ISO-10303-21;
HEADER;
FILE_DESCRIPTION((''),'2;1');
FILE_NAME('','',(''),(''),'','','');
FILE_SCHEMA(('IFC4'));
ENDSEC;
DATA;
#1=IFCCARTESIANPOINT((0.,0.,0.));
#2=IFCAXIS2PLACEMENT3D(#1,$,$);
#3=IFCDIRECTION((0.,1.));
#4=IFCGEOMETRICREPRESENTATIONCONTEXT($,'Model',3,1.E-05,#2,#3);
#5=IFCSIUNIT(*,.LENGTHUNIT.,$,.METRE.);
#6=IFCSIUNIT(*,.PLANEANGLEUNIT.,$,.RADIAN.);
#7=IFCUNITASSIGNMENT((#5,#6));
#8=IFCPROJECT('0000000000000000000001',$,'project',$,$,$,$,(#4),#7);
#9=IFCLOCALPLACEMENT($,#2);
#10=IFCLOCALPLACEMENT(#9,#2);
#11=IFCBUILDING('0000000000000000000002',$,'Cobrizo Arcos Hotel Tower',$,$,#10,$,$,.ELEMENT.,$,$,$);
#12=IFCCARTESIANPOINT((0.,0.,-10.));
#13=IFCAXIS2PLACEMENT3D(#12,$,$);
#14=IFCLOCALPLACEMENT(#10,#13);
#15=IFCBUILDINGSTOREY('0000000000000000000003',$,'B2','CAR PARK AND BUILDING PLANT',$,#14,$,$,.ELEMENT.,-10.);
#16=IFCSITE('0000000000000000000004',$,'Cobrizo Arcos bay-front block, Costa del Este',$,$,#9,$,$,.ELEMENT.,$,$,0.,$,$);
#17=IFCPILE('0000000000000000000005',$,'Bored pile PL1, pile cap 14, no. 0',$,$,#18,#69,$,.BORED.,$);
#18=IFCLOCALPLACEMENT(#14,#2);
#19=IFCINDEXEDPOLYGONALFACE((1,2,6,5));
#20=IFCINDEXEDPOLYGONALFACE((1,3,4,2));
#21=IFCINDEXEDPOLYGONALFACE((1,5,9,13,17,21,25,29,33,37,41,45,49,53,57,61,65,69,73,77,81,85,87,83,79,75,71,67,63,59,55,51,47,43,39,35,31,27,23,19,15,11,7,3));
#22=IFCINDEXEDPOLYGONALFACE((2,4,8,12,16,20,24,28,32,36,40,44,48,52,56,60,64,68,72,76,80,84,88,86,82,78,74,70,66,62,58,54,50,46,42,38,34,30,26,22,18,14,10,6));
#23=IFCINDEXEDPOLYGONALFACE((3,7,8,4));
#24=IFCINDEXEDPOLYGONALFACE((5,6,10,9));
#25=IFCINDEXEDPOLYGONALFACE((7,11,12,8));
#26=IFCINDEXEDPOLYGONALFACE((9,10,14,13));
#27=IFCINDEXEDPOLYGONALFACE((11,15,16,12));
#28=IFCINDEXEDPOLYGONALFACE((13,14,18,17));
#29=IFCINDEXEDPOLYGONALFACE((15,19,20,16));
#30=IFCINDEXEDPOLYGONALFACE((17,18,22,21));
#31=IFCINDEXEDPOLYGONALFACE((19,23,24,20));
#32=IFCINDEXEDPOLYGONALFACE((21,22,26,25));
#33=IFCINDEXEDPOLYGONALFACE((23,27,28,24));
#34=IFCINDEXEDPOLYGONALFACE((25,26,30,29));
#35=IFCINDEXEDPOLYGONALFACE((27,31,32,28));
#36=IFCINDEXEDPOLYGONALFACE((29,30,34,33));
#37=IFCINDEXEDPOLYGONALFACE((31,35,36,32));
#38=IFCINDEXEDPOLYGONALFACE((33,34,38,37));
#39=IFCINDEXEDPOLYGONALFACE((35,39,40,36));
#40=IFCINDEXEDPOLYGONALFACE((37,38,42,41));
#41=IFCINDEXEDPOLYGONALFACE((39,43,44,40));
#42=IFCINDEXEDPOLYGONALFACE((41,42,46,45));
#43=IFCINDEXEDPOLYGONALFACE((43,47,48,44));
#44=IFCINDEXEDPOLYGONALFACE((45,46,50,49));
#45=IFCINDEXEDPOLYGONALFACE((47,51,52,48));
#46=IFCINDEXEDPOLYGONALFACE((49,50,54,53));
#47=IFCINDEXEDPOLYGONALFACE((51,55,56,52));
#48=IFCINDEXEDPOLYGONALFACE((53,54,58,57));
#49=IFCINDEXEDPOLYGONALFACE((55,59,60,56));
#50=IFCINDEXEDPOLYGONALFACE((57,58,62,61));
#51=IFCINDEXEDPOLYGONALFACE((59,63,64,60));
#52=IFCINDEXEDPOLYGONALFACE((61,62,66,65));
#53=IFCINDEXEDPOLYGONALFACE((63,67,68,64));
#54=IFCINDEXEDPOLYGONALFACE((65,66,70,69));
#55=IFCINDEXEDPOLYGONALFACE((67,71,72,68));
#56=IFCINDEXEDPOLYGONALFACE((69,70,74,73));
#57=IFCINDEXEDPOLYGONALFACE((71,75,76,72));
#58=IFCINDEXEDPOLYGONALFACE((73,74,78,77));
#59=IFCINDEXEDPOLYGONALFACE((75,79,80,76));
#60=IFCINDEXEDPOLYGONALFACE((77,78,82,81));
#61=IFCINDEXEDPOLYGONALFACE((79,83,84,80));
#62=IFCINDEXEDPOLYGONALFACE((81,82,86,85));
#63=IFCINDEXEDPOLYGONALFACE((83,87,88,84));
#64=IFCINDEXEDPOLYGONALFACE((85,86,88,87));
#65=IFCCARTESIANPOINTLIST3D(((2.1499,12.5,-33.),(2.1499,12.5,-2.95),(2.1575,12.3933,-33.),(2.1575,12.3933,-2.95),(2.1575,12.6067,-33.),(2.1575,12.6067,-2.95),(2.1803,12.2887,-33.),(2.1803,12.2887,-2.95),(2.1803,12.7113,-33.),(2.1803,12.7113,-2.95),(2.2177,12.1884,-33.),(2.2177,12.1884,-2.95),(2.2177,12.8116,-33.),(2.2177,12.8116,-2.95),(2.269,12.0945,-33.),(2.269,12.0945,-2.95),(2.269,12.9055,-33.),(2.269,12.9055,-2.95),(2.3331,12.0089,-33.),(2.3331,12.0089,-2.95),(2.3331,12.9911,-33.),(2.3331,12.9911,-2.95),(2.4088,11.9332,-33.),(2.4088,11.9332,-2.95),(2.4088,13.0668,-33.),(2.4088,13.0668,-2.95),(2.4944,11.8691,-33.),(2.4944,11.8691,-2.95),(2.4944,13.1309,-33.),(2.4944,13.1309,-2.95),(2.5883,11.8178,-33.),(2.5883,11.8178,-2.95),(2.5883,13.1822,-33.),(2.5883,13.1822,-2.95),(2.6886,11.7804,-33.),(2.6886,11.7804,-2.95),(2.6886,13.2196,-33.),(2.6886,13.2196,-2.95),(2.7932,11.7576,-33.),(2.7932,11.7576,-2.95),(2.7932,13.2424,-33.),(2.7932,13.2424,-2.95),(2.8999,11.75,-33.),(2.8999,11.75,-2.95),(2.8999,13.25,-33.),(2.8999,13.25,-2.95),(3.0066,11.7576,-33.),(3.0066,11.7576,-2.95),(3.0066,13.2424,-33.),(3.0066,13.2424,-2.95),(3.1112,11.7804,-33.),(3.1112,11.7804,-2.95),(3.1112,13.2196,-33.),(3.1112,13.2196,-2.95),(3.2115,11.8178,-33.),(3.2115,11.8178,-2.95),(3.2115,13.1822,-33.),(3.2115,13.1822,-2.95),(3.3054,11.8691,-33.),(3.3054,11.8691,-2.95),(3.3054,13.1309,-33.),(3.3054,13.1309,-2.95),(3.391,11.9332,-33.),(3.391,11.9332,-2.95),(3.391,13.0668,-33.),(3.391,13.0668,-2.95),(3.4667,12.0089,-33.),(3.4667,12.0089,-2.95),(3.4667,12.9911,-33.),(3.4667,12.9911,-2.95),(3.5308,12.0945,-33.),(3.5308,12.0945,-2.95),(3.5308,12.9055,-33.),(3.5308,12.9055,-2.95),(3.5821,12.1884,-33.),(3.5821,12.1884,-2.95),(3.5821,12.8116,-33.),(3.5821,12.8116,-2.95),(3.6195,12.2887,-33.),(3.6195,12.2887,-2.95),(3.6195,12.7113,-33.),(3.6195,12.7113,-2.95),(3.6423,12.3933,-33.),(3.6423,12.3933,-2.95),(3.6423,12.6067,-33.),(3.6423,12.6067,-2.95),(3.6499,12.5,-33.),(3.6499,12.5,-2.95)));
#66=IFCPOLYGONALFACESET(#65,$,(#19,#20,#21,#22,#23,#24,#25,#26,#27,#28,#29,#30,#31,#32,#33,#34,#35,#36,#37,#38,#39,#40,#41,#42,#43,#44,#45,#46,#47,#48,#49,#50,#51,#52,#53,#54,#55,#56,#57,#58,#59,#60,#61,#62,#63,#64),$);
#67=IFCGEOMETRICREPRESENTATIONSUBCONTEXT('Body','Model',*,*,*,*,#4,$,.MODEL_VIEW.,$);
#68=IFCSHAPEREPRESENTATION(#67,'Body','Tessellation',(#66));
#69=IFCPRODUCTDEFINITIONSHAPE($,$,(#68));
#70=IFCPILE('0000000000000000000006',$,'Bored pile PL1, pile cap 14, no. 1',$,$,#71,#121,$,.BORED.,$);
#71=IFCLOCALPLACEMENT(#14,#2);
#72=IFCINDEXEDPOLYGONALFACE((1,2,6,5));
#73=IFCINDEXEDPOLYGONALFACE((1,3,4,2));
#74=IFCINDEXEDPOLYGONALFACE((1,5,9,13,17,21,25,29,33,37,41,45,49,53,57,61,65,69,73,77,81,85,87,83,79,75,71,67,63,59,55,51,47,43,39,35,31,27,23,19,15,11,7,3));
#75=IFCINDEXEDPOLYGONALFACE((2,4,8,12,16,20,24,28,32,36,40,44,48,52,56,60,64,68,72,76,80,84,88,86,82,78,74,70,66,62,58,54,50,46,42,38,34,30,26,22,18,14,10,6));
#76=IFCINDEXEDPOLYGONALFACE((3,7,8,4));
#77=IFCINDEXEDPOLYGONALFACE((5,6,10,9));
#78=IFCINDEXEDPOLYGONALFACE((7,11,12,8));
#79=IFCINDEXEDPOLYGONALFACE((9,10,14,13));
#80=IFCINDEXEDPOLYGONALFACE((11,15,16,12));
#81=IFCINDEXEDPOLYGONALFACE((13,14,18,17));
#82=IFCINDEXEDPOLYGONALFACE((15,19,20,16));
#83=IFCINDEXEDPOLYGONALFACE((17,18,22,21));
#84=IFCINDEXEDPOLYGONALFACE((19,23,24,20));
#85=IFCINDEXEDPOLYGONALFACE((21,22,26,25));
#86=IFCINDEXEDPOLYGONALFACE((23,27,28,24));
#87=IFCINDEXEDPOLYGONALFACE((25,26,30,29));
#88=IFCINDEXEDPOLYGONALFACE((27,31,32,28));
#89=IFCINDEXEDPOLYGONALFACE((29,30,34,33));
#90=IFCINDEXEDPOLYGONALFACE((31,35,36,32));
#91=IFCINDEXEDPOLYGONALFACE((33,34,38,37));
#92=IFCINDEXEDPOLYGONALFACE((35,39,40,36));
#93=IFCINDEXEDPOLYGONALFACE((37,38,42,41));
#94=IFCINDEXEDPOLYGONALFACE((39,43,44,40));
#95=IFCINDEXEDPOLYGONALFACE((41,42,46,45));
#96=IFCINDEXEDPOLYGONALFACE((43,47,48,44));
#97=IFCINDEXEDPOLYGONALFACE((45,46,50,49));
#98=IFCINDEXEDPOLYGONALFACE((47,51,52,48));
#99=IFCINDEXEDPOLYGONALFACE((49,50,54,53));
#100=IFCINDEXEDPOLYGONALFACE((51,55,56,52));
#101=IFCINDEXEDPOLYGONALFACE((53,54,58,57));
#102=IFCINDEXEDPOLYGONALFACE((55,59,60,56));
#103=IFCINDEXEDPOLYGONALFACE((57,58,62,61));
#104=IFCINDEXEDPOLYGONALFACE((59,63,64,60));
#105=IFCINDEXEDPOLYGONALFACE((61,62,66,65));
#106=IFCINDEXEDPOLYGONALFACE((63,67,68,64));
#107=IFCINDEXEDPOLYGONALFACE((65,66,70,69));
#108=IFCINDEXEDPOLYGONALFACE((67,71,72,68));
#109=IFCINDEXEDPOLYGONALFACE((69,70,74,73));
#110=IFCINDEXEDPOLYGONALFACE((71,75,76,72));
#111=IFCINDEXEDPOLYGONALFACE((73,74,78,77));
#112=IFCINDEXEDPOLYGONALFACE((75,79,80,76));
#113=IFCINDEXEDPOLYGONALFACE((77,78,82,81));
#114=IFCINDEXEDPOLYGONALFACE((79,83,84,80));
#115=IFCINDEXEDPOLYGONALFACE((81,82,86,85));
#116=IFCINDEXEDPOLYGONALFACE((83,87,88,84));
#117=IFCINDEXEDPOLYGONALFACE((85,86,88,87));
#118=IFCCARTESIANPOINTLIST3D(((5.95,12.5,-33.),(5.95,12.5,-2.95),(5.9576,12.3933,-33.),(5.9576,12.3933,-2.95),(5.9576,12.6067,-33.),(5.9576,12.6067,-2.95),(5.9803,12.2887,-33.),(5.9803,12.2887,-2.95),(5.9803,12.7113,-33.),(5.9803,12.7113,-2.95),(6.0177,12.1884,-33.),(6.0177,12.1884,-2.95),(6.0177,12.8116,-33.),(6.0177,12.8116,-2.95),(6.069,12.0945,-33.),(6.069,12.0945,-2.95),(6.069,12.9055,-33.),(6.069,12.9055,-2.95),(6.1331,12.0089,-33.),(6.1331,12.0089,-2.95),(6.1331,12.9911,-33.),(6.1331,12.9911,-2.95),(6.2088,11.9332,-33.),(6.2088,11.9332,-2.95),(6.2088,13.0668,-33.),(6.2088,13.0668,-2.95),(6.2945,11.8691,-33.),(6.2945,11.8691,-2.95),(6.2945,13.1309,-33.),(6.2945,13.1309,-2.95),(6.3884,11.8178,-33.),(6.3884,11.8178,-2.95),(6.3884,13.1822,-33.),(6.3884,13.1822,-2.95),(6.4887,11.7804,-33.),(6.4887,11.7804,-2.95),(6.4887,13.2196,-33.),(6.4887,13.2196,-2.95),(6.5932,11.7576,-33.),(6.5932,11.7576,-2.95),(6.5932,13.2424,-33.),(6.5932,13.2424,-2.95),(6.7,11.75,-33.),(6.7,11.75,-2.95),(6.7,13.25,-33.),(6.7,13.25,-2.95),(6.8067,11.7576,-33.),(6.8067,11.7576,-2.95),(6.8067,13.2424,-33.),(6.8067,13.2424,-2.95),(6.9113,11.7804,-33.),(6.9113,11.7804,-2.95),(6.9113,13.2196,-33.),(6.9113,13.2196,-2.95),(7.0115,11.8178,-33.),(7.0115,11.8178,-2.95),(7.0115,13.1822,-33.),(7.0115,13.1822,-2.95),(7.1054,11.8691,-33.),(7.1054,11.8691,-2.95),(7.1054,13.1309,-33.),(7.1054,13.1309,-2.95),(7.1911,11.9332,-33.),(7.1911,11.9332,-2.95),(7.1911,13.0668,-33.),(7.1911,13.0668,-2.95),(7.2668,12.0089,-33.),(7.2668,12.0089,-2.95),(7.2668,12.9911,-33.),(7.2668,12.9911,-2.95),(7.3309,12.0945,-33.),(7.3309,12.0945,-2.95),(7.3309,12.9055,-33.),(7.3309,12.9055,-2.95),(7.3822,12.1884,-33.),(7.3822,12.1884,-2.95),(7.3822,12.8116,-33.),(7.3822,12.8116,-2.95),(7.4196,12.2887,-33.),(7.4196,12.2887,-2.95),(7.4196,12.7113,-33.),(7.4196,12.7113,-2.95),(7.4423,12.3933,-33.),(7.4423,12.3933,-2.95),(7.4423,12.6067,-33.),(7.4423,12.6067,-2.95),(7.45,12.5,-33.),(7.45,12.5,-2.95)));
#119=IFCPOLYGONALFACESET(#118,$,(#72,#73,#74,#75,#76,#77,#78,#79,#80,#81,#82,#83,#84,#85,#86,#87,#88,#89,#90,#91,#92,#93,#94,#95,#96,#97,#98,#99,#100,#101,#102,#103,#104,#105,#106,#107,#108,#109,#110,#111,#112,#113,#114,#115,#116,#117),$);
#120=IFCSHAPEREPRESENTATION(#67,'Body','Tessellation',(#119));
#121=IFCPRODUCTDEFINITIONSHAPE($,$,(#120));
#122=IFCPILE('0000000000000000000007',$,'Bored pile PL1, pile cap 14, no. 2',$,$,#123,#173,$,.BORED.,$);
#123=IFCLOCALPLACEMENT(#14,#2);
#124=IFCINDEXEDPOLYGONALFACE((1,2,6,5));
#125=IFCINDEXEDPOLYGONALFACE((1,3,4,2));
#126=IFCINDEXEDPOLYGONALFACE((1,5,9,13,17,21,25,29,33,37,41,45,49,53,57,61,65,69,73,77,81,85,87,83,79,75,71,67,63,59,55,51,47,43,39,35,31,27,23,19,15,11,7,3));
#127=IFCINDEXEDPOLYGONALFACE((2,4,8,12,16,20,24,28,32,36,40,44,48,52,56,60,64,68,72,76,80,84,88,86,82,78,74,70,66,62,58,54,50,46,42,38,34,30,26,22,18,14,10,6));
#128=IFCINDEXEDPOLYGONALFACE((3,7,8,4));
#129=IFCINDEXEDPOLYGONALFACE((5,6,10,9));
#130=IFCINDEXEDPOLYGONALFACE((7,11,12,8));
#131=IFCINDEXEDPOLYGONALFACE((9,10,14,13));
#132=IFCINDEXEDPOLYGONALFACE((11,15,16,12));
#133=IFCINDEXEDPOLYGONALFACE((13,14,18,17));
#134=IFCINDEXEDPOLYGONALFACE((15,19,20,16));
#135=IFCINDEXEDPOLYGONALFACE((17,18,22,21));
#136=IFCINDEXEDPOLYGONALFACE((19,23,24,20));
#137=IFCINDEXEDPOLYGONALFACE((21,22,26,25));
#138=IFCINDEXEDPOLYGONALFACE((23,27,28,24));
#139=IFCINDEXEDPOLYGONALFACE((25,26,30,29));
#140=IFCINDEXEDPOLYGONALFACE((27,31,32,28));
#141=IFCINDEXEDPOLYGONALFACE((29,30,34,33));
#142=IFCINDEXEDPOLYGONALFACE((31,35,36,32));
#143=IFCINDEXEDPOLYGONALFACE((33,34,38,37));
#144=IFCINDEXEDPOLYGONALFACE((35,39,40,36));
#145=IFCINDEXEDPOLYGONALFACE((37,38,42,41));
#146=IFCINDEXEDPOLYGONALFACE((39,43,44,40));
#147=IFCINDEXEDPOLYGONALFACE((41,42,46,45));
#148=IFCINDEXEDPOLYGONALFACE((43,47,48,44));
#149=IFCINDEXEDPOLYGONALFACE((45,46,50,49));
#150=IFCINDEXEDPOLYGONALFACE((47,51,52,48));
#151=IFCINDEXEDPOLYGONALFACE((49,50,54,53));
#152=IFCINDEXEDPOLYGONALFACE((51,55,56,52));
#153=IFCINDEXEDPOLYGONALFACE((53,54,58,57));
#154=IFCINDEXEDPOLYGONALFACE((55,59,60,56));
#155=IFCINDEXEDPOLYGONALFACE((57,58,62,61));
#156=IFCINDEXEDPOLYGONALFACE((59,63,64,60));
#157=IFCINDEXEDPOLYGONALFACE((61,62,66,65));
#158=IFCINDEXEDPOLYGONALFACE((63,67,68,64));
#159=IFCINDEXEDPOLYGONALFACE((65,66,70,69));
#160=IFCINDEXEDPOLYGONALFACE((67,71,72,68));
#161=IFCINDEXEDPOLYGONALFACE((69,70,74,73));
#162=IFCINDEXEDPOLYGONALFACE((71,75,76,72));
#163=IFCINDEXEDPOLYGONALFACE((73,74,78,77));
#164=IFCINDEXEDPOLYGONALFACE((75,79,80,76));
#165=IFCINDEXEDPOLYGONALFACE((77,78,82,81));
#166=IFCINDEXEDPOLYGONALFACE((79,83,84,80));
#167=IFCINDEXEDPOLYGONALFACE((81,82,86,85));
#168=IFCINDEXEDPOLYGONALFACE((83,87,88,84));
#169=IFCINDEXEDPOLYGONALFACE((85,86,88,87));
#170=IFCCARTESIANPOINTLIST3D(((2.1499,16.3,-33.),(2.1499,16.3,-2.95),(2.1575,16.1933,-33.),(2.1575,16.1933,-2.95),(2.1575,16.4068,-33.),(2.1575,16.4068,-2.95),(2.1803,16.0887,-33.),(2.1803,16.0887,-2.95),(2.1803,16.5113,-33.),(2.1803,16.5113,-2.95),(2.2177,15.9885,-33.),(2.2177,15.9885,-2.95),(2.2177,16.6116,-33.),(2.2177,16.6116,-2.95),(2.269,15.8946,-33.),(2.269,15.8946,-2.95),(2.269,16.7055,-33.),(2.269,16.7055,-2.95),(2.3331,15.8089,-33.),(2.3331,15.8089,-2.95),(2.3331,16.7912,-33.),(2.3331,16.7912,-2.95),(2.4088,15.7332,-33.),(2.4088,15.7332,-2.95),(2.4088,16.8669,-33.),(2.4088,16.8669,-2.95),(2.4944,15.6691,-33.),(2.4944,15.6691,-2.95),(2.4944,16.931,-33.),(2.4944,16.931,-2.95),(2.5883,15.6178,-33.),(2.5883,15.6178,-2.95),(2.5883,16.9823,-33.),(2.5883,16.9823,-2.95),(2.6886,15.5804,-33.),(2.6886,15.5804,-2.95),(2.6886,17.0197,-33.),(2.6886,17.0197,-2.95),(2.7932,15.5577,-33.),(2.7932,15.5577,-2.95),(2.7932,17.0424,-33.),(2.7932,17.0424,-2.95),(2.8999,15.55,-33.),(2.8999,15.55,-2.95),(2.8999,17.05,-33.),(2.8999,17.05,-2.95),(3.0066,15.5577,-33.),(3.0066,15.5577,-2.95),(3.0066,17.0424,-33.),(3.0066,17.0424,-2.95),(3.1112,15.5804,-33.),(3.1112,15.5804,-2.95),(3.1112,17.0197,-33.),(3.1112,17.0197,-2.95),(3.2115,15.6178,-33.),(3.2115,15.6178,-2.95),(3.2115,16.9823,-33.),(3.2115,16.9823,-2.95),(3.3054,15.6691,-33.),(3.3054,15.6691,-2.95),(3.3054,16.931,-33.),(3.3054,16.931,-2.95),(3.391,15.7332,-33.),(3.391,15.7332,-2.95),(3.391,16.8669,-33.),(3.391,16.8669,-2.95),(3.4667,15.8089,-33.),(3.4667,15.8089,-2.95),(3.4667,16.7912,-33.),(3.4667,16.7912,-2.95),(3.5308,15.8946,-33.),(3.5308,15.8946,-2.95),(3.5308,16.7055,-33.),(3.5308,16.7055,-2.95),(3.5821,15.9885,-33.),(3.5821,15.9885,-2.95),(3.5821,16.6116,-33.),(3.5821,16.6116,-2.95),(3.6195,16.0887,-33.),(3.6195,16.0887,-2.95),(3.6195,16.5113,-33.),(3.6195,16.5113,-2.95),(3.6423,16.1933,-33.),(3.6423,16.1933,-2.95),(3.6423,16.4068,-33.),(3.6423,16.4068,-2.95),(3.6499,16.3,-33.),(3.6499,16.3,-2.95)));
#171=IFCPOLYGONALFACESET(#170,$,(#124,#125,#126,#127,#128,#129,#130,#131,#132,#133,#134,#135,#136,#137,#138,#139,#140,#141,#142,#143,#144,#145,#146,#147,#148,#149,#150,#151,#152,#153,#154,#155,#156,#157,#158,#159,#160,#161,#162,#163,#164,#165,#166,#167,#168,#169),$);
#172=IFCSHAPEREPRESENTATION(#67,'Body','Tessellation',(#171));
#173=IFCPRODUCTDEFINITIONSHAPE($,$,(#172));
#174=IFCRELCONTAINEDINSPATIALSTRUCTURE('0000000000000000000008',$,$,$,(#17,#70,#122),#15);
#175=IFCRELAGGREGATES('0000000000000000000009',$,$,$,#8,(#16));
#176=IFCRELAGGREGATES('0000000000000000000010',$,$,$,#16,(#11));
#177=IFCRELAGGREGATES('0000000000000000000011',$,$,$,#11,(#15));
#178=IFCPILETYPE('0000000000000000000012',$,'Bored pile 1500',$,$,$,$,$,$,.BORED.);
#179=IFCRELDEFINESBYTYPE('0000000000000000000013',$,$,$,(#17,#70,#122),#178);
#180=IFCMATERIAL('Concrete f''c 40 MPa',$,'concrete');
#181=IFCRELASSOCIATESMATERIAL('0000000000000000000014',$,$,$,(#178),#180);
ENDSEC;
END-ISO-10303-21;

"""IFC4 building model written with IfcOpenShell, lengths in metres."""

from ifc_helpers import new_model, si_unit, direction, frame, origin, origin_2d, place, context, subcontext, project, spatial, circle, extrude, material, material_profile, profile_set, type_object, element, save


model = new_model("IFC4")

# Units and contexts
model_context = context("Model", 3, precision=1e-05, world=origin(), true_north=direction((0.0, 1.0)))
body_context = subcontext(model_context, "Body", "Model", "MODEL_VIEW")
ifc_project = project(units=[si_unit("LENGTHUNIT", "METRE"), si_unit("PLANEANGLEUNIT", "RADIAN")], contexts=[model_context])

# Site, building, storey
site_placement = place(None, origin())
site = spatial("IfcSite", under=ifc_project, at=site_placement, Name="Cobrizo Arcos bay-front block, Costa del Este", CompositionType="ELEMENT", RefElevation=0.0)
building_placement = place(site_placement, origin())
building = spatial("IfcBuilding", under=site, at=building_placement, Name="Cobrizo Arcos Hotel Tower", CompositionType="ELEMENT")
storey_placement = place(building_placement, frame((0.0, 0.0, -10.0)))
storey = spatial("IfcBuildingStorey", under=building, at=storey_placement, Name="B2", Description="CAR PARK AND BUILDING PLANT", CompositionType="ELEMENT", Elevation=-10.0)

# Piles
ifc_material_1 = material(Name="Concrete f'c 40 MPa", Category="concrete")
ifc_material_profile_1 = material_profile(ifc_material_1, circle(Radius=0.75, at=origin_2d()), Name="BORED PILE 1500")
ifc_profile_set_1 = profile_set([ifc_material_profile_1], Name="Concrete f'c 40 MPa")
pile_type = type_object("IfcPileType", Name="Bored pile 1500", PredefinedType="BORED", material=ifc_profile_set_1)
for number, where, z_axis, x_axis, name in (
    (1, (2.8999, 12.5, -2.95), (0.0, 0.0, -1.0), (1.0, 0.0, 0.0), "Bored pile PL1, pile cap 14, no. 0"),
    (2, (6.7, 12.5, -2.95), (0.0, 0.0, -1.0), (1.0, 0.0, 0.0), "Bored pile PL1, pile cap 14, no. 1"),
    (3, (2.8999, 16.3, -2.95), (0.0, 0.0, -1.0), (1.0, 0.0, 0.0), "Bored pile PL1, pile cap 14, no. 2"),
):
    element("IfcPile", number, at=place(storey_placement, frame(where, z_axis=z_axis, x_axis=x_axis)), inside=storey, type_object=pile_type, Name=name, PredefinedType="BORED", context=body_context, shape_type="SweptSolid", body=[
        extrude(circle(Radius=0.75, at=origin_2d()), origin(), (0.0, 0.0, 1.0), 30.05),
    ])

save(model, "model.ifc")
